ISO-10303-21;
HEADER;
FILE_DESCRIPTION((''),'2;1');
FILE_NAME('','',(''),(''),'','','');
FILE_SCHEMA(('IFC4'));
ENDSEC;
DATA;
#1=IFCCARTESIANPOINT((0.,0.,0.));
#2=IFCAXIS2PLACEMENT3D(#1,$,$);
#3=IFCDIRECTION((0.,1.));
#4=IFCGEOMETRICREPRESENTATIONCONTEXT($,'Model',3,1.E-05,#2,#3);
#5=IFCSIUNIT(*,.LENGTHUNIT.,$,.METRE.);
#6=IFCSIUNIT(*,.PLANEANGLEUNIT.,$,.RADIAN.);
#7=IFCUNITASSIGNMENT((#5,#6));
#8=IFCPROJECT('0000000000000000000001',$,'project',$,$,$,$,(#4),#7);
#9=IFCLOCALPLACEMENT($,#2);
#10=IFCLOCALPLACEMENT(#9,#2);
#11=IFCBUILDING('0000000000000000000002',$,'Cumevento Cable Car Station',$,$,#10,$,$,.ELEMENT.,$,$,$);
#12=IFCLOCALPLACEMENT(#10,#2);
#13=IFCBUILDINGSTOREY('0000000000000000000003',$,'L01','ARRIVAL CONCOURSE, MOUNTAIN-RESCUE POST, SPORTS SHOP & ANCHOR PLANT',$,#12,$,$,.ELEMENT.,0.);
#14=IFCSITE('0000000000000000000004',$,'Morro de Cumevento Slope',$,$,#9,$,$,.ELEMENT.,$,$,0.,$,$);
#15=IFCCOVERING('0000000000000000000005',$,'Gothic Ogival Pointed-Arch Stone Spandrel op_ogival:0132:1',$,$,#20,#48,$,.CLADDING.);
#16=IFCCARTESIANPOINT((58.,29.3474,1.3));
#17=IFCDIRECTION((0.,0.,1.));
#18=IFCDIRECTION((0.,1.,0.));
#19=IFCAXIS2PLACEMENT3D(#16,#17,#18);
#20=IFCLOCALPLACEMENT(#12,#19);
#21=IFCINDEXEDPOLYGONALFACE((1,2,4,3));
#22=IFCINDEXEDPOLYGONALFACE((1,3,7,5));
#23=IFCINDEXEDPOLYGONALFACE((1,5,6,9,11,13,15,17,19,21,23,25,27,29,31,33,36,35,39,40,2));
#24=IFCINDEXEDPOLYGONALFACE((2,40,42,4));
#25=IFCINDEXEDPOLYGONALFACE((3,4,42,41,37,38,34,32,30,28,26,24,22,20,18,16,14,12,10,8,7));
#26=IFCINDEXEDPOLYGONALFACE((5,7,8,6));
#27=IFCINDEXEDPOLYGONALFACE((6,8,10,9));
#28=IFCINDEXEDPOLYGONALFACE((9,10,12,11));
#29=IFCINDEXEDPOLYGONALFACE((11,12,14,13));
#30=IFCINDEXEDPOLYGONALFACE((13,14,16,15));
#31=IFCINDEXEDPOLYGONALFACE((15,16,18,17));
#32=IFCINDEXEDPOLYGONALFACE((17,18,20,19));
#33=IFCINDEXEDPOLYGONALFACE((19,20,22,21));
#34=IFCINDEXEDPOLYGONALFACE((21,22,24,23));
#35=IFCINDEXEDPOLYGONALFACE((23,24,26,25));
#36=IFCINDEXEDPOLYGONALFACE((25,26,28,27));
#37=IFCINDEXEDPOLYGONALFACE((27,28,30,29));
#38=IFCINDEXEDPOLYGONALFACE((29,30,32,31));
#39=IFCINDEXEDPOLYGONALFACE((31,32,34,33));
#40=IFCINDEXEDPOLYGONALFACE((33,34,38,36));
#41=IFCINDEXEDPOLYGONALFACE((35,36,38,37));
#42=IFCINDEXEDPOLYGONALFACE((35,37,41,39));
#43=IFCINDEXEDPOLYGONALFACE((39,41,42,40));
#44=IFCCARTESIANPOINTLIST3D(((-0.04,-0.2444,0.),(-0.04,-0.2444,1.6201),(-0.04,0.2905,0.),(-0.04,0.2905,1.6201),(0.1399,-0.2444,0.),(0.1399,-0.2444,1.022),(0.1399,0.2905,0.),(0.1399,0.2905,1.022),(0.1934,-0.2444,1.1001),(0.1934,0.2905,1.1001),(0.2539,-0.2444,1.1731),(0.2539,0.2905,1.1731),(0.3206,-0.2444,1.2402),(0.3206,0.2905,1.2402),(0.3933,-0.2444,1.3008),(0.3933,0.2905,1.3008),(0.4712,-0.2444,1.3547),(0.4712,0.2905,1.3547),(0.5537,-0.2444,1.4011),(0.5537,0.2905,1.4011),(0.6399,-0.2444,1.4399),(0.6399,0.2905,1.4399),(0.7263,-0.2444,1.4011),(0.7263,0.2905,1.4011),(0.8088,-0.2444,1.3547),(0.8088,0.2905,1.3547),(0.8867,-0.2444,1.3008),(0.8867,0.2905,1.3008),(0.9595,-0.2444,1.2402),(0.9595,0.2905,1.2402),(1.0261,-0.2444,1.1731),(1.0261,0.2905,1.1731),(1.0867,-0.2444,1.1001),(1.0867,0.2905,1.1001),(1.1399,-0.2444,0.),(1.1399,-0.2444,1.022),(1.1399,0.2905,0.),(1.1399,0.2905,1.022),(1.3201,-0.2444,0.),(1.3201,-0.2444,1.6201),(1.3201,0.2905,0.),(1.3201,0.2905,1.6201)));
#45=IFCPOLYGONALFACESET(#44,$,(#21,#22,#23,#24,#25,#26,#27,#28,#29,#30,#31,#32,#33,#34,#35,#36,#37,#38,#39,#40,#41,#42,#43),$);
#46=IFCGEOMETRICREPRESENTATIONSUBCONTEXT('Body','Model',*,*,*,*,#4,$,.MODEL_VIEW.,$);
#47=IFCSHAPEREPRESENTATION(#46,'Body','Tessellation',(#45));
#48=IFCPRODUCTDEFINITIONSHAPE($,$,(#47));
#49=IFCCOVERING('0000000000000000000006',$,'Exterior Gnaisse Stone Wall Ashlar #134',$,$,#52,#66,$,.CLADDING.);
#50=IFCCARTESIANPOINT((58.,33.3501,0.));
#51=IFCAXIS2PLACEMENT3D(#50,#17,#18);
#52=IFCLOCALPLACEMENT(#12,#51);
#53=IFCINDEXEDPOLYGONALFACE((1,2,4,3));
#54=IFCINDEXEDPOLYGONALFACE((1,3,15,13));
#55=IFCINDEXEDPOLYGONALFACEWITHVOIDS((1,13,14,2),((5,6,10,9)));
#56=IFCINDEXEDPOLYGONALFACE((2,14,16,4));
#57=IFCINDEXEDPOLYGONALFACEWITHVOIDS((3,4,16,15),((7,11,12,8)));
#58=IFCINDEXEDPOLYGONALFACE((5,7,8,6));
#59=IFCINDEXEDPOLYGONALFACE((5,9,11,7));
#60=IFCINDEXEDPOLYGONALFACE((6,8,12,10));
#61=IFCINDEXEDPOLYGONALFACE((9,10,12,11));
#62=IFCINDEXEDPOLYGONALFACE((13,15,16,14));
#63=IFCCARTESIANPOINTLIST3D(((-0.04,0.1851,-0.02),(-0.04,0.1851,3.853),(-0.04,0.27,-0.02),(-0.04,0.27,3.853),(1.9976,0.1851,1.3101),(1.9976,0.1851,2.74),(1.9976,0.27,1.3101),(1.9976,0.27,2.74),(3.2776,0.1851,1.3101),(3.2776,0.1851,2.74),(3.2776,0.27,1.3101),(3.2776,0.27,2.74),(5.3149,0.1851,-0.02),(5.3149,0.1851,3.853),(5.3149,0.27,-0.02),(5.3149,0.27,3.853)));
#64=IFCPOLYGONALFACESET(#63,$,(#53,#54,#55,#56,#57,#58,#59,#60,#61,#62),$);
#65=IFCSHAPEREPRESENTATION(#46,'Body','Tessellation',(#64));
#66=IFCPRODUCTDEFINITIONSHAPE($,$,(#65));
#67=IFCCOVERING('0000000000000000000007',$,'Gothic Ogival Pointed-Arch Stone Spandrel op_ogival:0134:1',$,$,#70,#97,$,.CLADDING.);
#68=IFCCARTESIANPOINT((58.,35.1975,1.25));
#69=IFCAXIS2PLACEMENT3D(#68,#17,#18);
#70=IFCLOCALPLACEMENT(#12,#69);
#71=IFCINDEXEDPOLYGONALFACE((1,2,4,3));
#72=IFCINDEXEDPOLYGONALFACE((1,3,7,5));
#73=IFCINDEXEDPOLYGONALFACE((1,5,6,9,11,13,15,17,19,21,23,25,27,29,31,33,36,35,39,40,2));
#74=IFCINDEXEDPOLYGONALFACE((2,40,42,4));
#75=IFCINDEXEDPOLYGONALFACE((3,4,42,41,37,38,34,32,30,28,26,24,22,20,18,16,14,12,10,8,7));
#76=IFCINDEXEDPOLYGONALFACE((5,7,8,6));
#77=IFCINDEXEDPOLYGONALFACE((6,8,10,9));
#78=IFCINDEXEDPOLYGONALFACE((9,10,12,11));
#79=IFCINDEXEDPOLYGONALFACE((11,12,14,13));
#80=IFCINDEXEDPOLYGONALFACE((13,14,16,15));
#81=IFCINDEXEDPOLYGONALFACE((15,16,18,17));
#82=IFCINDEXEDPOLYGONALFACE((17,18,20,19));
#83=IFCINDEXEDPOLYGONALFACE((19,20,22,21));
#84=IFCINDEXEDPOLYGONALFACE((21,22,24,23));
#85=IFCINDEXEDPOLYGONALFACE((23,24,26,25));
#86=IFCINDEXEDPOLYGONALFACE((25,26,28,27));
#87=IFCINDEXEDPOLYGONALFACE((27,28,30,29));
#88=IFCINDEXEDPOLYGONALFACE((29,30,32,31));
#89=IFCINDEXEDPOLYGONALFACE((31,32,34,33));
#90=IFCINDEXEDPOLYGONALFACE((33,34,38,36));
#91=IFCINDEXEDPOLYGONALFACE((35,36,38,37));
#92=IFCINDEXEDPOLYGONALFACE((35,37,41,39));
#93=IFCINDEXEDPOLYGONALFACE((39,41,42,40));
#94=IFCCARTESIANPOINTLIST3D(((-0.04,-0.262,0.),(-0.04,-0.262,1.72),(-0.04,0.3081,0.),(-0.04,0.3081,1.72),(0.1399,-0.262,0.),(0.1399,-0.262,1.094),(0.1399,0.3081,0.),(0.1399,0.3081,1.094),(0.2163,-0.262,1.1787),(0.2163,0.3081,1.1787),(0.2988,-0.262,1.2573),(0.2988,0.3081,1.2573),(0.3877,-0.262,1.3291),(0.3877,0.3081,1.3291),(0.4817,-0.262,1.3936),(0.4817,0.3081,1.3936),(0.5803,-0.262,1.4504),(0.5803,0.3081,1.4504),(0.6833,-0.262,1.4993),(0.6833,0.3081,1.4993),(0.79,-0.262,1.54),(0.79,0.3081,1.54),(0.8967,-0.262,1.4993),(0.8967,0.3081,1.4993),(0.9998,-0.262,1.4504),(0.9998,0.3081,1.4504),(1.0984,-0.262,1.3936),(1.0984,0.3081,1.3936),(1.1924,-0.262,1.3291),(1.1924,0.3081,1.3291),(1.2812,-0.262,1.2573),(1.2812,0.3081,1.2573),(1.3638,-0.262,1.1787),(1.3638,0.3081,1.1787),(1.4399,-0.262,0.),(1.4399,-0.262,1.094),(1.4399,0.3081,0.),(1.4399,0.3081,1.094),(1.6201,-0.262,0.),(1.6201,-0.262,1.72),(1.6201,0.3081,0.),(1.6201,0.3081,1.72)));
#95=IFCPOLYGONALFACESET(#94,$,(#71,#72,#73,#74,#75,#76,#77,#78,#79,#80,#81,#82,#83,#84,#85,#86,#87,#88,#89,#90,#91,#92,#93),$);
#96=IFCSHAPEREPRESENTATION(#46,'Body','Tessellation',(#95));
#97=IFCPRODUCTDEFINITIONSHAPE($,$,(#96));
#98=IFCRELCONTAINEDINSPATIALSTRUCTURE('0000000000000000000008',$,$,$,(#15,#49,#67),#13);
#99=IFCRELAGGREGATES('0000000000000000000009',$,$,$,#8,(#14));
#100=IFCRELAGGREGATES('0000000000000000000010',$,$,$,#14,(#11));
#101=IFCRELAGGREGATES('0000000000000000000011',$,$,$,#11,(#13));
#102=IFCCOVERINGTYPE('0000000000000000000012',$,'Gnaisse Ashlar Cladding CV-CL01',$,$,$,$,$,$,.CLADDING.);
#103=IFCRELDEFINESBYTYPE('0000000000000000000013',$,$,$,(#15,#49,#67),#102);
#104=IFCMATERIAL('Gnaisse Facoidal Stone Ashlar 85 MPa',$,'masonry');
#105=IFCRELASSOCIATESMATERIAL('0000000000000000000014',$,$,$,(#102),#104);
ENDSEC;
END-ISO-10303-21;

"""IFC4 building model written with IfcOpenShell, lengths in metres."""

from ifc_helpers import new_model, si_unit, direction, frame, origin, place, context, subcontext, project, spatial, polyline, outline, extrude, material, type_object, element, save


model = new_model("IFC4")

# Units and contexts
model_context = context("Model", 3, precision=1e-05, world=origin(), true_north=direction((0.0, 1.0)))
body_context = subcontext(model_context, "Body", "Model", "MODEL_VIEW")
ifc_project = project(units=[si_unit("LENGTHUNIT", "METRE"), si_unit("PLANEANGLEUNIT", "RADIAN")], contexts=[model_context])

# Site, building, storey
site_placement = place(None, origin())
site = spatial("IfcSite", under=ifc_project, at=site_placement, Name="Morro de Cumevento Slope", CompositionType="ELEMENT", RefElevation=0.0)
building_placement = place(site_placement, origin())
building = spatial("IfcBuilding", under=site, at=building_placement, Name="Cumevento Cable Car Station", CompositionType="ELEMENT")
storey_placement = place(building_placement, origin())
storey = spatial("IfcBuildingStorey", under=building, at=storey_placement, Name="L01", Description="ARRIVAL CONCOURSE, MOUNTAIN-RESCUE POST, SPORTS SHOP & ANCHOR PLANT", CompositionType="ELEMENT", Elevation=0.0)

# Coverings
ifc_material_1 = material(Name="Gnaisse Facoidal Stone Ashlar 85 MPa", Category="masonry")
covering_type = type_object("IfcCoveringType", Name="Gnaisse Ashlar Cladding CV-CL01", PredefinedType="CLADDING", material=ifc_material_1)
covering_1_placement = place(storey_placement, frame((58.0, 29.3474, 1.3), z_axis=(0.0, 0.0, 1.0), x_axis=(0.0, 1.0, 0.0)))
element("IfcCovering", 1, at=covering_1_placement, inside=storey, type_object=covering_type, Name="Gothic Ogival Pointed-Arch Stone Spandrel op_ogival:0132:1", PredefinedType="CLADDING", context=body_context, shape_type="SweptSolid", body=[
    extrude(outline(polyline([(-0.04, 0.0), (-0.04, 1.6201), (1.3201, 1.6201), (1.3201, 0.0), (1.1399, 0.0), (1.1399, 1.022), (1.0867, 1.1001), (1.0261, 1.1731), (0.9595, 1.2402), (0.8867, 1.3008), (0.8088, 1.3547), (0.7263, 1.4011), (0.6399, 1.4399), (0.5537, 1.4011), (0.4712, 1.3547), (0.3933, 1.3008), (0.3206, 1.2402), (0.2539, 1.1731), (0.1934, 1.1001), (0.1399, 1.022), (0.1399, 0.0), (-0.04, 0.0)])), frame((0.0, 0.2905, 0.0), z_axis=(0.0, -1.0, 0.0), x_axis=(1.0, 0.0, 0.0)), (0.0, 0.0, 1.0), 0.5349),
])
covering_2_placement = place(storey_placement, frame((58.0, 33.3501, 0.0), z_axis=(0.0, 0.0, 1.0), x_axis=(0.0, 1.0, 0.0)))
element("IfcCovering", 2, at=covering_2_placement, inside=storey, type_object=covering_type, Name="Exterior Gnaisse Stone Wall Ashlar #134", PredefinedType="CLADDING", context=body_context, shape_type="SweptSolid", body=[
    extrude(outline(polyline([(-0.04, -0.02), (5.3149, -0.02), (5.3149, 3.853), (-0.04, 3.853), (-0.04, -0.02)]), holes=[polyline([(1.9976, 1.3101), (3.2776, 1.3101), (3.2776, 2.74), (1.9976, 2.74), (1.9976, 1.3101)])]), frame((0.0, 0.27, 0.0), z_axis=(0.0, -1.0, 0.0), x_axis=(1.0, 0.0, 0.0)), (0.0, 0.0, 1.0), 0.085),
])
covering_3_placement = place(storey_placement, frame((58.0, 35.1975, 1.25), z_axis=(0.0, 0.0, 1.0), x_axis=(0.0, 1.0, 0.0)))
element("IfcCovering", 3, at=covering_3_placement, inside=storey, type_object=covering_type, Name="Gothic Ogival Pointed-Arch Stone Spandrel op_ogival:0134:1", PredefinedType="CLADDING", context=body_context, shape_type="SweptSolid", body=[
    extrude(outline(polyline([(-0.04, 0.0), (-0.04, 1.72), (1.6201, 1.72), (1.6201, 0.0), (1.4399, 0.0), (1.4399, 1.094), (1.3638, 1.1787), (1.2812, 1.2573), (1.1924, 1.3291), (1.0984, 1.3936), (0.9998, 1.4504), (0.8967, 1.4993), (0.79, 1.54), (0.6833, 1.4993), (0.5803, 1.4504), (0.4817, 1.3936), (0.3877, 1.3291), (0.2988, 1.2573), (0.2163, 1.1787), (0.1399, 1.094), (0.1399, 0.0), (-0.04, 0.0)])), frame((0.0, 0.3081, 0.0), z_axis=(0.0, -1.0, 0.0), x_axis=(1.0, 0.0, 0.0)), (0.0, 0.0, 1.0), 0.5701),
])

save(model, "model.ifc")
